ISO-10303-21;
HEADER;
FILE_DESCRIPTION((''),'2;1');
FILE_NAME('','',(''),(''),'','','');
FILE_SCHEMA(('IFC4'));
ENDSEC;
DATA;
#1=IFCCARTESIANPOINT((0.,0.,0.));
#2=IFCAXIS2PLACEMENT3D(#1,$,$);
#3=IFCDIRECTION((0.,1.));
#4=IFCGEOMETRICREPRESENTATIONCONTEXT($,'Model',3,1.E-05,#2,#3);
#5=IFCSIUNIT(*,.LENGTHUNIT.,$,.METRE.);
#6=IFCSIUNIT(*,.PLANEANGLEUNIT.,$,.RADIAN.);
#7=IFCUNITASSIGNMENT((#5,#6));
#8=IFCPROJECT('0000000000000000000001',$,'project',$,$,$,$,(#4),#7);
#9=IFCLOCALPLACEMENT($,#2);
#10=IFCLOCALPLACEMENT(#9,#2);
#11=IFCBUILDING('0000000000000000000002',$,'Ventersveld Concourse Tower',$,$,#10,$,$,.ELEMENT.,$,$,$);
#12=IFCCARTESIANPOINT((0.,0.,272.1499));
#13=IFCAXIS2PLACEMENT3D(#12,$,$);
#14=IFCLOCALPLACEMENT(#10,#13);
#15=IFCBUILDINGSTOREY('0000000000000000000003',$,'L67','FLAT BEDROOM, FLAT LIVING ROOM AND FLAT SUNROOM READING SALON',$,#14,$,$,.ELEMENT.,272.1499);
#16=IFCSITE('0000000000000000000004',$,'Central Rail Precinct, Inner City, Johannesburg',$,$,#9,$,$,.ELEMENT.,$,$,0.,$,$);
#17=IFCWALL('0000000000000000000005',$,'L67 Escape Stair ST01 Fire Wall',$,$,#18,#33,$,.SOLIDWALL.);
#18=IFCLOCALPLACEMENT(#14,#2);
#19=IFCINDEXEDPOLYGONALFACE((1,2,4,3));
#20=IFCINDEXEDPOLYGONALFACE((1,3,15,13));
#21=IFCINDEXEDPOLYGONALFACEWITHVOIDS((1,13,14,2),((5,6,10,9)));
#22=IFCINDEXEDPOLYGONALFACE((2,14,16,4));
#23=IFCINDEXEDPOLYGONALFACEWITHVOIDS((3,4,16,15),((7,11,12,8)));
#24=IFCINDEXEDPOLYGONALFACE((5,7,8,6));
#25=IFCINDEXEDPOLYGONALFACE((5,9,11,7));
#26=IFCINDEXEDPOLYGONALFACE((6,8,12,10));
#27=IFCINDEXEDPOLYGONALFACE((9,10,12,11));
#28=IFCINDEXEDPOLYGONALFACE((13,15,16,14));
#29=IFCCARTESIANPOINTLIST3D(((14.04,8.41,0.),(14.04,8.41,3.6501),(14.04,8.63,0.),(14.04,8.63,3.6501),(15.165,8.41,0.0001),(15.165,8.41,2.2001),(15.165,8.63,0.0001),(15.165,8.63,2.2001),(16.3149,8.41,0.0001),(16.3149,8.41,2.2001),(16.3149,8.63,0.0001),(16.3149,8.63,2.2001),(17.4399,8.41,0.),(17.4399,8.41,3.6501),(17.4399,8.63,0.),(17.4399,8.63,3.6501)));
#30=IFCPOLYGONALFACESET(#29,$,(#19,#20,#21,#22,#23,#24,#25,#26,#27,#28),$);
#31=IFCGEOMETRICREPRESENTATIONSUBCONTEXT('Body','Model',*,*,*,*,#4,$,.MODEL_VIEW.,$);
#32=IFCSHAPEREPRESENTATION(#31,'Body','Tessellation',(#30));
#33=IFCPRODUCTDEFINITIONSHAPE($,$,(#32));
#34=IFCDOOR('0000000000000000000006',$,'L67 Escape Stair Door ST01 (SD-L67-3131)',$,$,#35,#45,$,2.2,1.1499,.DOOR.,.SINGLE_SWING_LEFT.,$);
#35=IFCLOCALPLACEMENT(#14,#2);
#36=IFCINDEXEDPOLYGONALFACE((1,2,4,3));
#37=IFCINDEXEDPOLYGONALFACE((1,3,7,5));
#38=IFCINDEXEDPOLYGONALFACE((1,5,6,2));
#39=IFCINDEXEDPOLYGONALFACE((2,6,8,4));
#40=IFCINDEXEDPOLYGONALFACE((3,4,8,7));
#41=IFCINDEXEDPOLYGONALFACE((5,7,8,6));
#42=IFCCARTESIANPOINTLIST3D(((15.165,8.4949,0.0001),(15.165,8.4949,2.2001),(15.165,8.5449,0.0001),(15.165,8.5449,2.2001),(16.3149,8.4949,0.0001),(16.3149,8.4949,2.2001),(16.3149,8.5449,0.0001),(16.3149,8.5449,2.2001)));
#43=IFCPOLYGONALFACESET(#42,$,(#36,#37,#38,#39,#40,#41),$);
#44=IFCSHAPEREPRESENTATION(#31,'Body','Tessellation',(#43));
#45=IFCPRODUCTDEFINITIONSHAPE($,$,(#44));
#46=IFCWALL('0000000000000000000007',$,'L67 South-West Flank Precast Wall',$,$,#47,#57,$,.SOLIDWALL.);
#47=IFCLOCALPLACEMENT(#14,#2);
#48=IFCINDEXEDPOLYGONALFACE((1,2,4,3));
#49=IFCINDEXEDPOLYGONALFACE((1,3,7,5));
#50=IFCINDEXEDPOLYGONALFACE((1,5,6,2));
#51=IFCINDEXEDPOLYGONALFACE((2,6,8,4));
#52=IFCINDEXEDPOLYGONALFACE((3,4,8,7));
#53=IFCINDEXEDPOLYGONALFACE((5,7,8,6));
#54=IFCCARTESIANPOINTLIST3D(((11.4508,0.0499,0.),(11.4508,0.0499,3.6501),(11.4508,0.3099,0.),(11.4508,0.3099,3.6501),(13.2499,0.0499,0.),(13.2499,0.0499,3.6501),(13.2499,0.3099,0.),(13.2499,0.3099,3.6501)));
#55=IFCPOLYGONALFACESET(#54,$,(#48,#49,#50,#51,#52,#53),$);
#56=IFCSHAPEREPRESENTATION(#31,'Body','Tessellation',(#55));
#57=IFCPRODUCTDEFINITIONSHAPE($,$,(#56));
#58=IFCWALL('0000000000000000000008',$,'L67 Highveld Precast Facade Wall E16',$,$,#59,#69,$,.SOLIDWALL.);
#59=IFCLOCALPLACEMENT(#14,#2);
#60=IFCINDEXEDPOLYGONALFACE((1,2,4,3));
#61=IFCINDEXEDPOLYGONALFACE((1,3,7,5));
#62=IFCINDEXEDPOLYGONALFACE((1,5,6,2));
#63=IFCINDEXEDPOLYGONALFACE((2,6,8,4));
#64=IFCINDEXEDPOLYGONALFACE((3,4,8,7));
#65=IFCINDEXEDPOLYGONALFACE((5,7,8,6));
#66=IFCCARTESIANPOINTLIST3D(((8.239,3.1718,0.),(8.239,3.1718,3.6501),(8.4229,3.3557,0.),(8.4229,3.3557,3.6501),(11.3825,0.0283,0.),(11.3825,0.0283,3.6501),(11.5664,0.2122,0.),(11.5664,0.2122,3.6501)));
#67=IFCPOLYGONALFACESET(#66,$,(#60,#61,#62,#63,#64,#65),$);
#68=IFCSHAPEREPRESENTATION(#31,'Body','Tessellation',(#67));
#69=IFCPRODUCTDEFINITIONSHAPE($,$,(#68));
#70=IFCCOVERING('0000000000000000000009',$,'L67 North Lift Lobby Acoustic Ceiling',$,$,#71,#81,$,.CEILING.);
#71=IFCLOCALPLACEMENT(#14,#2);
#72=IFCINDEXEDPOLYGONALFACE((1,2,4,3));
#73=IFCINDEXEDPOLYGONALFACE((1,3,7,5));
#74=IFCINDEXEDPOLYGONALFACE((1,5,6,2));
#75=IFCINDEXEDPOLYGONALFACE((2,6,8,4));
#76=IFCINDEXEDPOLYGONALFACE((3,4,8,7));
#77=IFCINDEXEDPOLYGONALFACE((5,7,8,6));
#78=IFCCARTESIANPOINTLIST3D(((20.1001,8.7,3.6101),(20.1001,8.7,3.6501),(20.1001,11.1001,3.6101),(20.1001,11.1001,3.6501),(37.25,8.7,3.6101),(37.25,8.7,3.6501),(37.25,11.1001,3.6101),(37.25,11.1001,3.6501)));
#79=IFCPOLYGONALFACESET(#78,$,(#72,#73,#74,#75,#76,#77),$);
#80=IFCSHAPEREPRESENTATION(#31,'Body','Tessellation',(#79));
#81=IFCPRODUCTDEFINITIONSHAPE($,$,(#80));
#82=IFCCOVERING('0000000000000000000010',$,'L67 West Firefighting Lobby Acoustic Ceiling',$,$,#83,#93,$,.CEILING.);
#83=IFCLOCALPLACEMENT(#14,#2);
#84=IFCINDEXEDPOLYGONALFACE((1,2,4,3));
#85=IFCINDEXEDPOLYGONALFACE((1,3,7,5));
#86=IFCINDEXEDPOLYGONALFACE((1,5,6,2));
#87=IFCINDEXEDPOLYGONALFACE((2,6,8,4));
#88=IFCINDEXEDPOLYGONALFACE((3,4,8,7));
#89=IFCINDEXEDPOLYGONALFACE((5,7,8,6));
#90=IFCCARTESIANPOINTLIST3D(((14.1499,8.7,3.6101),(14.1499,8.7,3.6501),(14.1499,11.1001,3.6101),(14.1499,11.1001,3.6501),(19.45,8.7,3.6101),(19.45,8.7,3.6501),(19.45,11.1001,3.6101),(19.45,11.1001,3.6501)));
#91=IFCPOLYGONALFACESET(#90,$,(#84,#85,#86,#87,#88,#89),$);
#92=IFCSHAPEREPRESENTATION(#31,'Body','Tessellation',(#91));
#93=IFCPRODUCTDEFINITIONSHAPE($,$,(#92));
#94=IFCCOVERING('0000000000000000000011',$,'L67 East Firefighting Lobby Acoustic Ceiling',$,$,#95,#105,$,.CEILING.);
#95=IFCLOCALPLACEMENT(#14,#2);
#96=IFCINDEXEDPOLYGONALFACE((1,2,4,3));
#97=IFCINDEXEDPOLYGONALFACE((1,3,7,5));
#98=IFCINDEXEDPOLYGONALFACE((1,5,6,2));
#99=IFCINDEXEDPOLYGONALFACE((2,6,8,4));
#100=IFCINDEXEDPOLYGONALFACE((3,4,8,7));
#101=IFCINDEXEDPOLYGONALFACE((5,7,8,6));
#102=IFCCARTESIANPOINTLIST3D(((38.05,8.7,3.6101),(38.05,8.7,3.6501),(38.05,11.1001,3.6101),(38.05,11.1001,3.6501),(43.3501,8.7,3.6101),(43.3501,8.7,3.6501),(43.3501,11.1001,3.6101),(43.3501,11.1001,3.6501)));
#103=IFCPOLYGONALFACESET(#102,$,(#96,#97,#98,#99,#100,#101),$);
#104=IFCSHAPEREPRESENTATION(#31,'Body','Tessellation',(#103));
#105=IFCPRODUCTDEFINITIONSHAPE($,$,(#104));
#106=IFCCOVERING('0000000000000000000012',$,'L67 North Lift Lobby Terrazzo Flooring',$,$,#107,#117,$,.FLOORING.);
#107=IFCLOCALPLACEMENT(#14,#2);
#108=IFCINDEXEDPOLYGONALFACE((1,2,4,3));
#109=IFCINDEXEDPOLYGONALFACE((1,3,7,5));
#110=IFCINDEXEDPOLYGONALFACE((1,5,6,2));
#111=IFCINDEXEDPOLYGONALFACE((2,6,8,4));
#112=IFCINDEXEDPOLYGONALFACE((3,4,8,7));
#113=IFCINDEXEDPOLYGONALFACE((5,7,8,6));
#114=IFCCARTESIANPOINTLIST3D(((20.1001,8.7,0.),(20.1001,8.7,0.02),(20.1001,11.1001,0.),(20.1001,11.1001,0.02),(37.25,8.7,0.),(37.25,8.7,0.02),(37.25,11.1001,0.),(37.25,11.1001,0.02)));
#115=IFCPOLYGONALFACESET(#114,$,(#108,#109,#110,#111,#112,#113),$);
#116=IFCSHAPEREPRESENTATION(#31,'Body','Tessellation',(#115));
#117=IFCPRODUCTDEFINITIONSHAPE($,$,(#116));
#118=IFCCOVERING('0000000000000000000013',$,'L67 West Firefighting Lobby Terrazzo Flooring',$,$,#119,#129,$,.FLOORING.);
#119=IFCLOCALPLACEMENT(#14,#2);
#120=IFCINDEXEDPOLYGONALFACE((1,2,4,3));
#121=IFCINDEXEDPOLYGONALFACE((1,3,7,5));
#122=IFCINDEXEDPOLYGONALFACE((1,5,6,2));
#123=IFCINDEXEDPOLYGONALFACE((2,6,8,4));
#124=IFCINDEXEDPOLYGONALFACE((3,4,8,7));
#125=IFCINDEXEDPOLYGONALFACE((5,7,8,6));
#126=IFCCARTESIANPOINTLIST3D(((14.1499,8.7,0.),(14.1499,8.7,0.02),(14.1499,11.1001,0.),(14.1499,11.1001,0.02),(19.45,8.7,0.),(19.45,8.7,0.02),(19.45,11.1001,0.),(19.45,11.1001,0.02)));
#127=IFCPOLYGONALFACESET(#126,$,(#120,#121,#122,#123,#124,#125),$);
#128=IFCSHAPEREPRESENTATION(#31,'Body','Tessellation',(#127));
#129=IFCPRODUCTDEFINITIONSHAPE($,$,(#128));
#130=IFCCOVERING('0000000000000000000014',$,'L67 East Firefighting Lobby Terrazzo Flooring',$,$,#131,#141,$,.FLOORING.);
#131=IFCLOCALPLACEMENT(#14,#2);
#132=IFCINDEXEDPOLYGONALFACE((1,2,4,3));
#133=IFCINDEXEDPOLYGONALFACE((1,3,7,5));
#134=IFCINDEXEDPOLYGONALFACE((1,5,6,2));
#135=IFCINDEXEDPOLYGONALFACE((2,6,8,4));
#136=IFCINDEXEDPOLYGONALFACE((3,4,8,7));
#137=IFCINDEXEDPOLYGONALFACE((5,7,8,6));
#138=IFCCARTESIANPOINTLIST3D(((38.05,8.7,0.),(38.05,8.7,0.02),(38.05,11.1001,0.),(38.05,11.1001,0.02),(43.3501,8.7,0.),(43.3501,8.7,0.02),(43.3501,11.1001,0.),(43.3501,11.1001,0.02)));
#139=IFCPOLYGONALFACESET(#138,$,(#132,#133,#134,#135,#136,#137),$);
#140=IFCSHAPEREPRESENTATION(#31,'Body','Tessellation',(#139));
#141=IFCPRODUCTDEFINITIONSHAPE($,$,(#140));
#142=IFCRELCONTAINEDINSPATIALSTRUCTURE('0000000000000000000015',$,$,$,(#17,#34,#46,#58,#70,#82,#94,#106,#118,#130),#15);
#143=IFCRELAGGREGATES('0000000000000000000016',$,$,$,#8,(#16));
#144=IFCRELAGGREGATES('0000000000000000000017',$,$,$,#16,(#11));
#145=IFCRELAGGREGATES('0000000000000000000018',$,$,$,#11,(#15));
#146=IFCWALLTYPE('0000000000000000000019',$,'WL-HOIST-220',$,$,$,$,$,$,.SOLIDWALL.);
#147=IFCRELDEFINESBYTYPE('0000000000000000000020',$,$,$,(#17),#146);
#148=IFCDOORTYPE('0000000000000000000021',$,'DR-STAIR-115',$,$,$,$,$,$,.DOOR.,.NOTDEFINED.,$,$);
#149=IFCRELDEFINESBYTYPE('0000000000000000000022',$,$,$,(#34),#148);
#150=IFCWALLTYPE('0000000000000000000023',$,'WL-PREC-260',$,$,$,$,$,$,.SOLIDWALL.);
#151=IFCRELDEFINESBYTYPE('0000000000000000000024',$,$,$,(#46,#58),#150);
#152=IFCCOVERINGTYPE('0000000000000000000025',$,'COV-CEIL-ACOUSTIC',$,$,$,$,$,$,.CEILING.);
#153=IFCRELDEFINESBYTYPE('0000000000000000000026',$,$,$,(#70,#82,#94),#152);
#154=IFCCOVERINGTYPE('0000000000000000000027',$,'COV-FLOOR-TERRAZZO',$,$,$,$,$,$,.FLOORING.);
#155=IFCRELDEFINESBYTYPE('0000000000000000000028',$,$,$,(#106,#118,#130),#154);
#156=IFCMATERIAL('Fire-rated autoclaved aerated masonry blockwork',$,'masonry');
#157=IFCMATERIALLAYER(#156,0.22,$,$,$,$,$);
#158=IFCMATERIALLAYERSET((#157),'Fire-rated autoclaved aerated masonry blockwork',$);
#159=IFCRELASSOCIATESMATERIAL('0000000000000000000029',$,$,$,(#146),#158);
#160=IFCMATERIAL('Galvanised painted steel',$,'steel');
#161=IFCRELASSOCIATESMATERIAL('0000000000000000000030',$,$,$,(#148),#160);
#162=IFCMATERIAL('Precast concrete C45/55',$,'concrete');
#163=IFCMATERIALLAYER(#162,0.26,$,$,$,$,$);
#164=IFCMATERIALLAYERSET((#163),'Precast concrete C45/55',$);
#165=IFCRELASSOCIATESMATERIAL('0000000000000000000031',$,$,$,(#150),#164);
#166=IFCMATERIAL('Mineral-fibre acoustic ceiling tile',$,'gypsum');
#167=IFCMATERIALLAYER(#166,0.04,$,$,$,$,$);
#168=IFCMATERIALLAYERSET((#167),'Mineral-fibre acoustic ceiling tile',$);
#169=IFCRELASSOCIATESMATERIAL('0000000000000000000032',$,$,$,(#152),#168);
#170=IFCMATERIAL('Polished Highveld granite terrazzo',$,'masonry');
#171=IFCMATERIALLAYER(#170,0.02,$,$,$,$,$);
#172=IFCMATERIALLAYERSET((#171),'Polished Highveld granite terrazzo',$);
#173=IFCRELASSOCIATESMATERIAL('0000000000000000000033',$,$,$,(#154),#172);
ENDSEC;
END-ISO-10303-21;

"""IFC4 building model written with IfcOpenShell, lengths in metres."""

from ifc_helpers import new_model, si_unit, direction, frame, frame_2d, origin, place, context, subcontext, project, spatial, polyline, rectangle, outline, extrude, material, layer, layer_set, type_object, element, fill, save


model = new_model("IFC4")

# Units and contexts
model_context = context("Model", 3, precision=1e-05, world=origin(), true_north=direction((0.0, 1.0)))
body_context = subcontext(model_context, "Body", "Model", "MODEL_VIEW")
ifc_project = project(units=[si_unit("LENGTHUNIT", "METRE"), si_unit("PLANEANGLEUNIT", "RADIAN")], contexts=[model_context])

# Site, building, storey
site_placement = place(None, origin())
site = spatial("IfcSite", under=ifc_project, at=site_placement, Name="Central Rail Precinct, Inner City, Johannesburg", CompositionType="ELEMENT", RefElevation=0.0)
building_placement = place(site_placement, origin())
building = spatial("IfcBuilding", under=site, at=building_placement, Name="Ventersveld Concourse Tower", CompositionType="ELEMENT")
storey_placement = place(building_placement, frame((0.0, 0.0, 272.1499)))
storey = spatial("IfcBuildingStorey", under=building, at=storey_placement, Name="L67", Description="FLAT BEDROOM, FLAT LIVING ROOM AND FLAT SUNROOM READING SALON", CompositionType="ELEMENT", Elevation=272.1499)

# Wall, opening, door
ifc_material_1 = material(Name="Fire-rated autoclaved aerated masonry blockwork", Category="masonry")
ifc_layer_1 = layer(ifc_material_1, 0.22)
ifc_layer_set_1 = layer_set([ifc_layer_1], Name="Fire-rated autoclaved aerated masonry blockwork")
wall_type_1 = type_object("IfcWallType", Name="WL-HOIST-220", PredefinedType="SOLIDWALL", material=ifc_layer_set_1)
wall_1_placement = place(storey_placement, frame((14.04, 8.52, 0.0), z_axis=(0.0, 0.0, 1.0), x_axis=(1.0, 0.0, 0.0)))
wall_1 = element("IfcWall", 1, at=wall_1_placement, inside=storey, type_object=wall_type_1, Name="L67 Escape Stair ST01 Fire Wall", PredefinedType="SOLIDWALL", context=body_context, shape_type="SweptSolid", body=[
    extrude(rectangle(XDim=3.3999, YDim=0.22, at=frame_2d((1.7, 0.0))), origin(), (0.0, 0.0, 1.0), 3.6501),
])
opening_placement = place(wall_1_placement, frame((1.125, 0.0, 0.0)))
opening = element("IfcOpeningElement", 2, at=opening_placement, cuts=wall_1, PredefinedType="OPENING", context=body_context, shape_type="SweptSolid", body=[
    extrude(rectangle(XDim=1.1499, YDim=2.2, at=frame_2d((0.575, 1.1001))), frame((0.0, 0.1201, 0.0), z_axis=(0.0, -1.0, 0.0), x_axis=(1.0, 0.0, 0.0)), (0.0, 0.0, 1.0), 0.24),
])
ifc_material_2 = material(Name="Galvanised painted steel", Category="steel")
door_type = type_object("IfcDoorType", Name="DR-STAIR-115", OperationType="NOTDEFINED", PredefinedType="DOOR", material=ifc_material_2)
door_placement = place(opening_placement, origin())
door = element("IfcDoor", 3, at=door_placement, inside=storey, type_object=door_type, Name="L67 Escape Stair Door ST01 (SD-L67-3131)", OperationType="SINGLE_SWING_LEFT", OverallHeight=2.2, OverallWidth=1.1499, PredefinedType="DOOR", context=body_context, shape_type="SweptSolid", body=[
    extrude(rectangle(XDim=1.1499, YDim=2.2, at=frame_2d((0.575, 1.1001))), frame((0.0, 0.0249, 0.0), z_axis=(0.0, -1.0, 0.0), x_axis=(1.0, 0.0, 0.0)), (0.0, 0.0, 1.0), 0.05),
])
fill(opening, door)

# Walls
ifc_material_3 = material(Name="Precast concrete C45/55", Category="concrete")
ifc_layer_2 = layer(ifc_material_3, 0.26)
ifc_layer_set_2 = layer_set([ifc_layer_2], Name="Precast concrete C45/55")
wall_type_2 = type_object("IfcWallType", Name="WL-PREC-260", PredefinedType="SOLIDWALL", material=ifc_layer_set_2)
wall_2_placement = place(storey_placement, frame((11.4509, 0.1799, 0.0), z_axis=(0.0, 0.0, 1.0), x_axis=(1.0, 0.0, 0.0)))
element("IfcWall", 4, at=wall_2_placement, inside=storey, type_object=wall_type_2, Name="L67 South-West Flank Precast Wall", PredefinedType="SOLIDWALL", context=body_context, shape_type="SweptSolid", body=[
    extrude(rectangle(XDim=1.7991, YDim=0.26, at=frame_2d((0.8994, 0.0))), origin(), (0.0, 0.0, 1.0), 3.6501),
])
wall_3_placement = place(storey_placement, frame((8.3311, 3.2637, 0.0), z_axis=(0.0, 0.0, 1.0), x_axis=(0.707107, -0.707107, 0.0)))
element("IfcWall", 5, at=wall_3_placement, inside=storey, type_object=wall_type_2, Name="L67 Highveld Precast Facade Wall E16", PredefinedType="SOLIDWALL", context=body_context, shape_type="SweptSolid", body=[
    extrude(rectangle(XDim=4.4456, YDim=0.26, at=frame_2d((2.2227, 0.0))), origin(), (0.0, 0.0, 1.0), 3.6501),
])

# Coverings
ifc_material_4 = material(Name="Mineral-fibre acoustic ceiling tile", Category="gypsum")
ifc_layer_3 = layer(ifc_material_4, 0.04)
ifc_layer_set_3 = layer_set([ifc_layer_3], Name="Mineral-fibre acoustic ceiling tile")
covering_type_1 = type_object("IfcCoveringType", Name="COV-CEIL-ACOUSTIC", PredefinedType="CEILING", material=ifc_layer_set_3)
covering_1_placement = place(storey_placement, frame((0.0, 0.0, 3.6101)))
element("IfcCovering", 6, at=covering_1_placement, inside=storey, type_object=covering_type_1, Name="L67 North Lift Lobby Acoustic Ceiling", PredefinedType="CEILING", context=body_context, shape_type="SweptSolid", body=[
    extrude(outline(polyline([(20.1001, 8.7), (37.25, 8.7), (37.25, 11.1001), (20.1001, 11.1001), (20.1001, 8.7)])), origin(), (0.0, 0.0, 1.0), 0.04),
])
covering_2_placement = place(storey_placement, frame((0.0, 0.0, 3.6101)))
element("IfcCovering", 7, at=covering_2_placement, inside=storey, type_object=covering_type_1, Name="L67 West Firefighting Lobby Acoustic Ceiling", PredefinedType="CEILING", context=body_context, shape_type="SweptSolid", body=[
    extrude(outline(polyline([(14.1499, 8.7), (19.45, 8.7), (19.45, 11.1001), (14.1499, 11.1001), (14.1499, 8.7)])), origin(), (0.0, 0.0, 1.0), 0.04),
])
covering_3_placement = place(storey_placement, frame((0.0, 0.0, 3.6101)))
element("IfcCovering", 8, at=covering_3_placement, inside=storey, type_object=covering_type_1, Name="L67 East Firefighting Lobby Acoustic Ceiling", PredefinedType="CEILING", context=body_context, shape_type="SweptSolid", body=[
    extrude(outline(polyline([(38.05, 8.7), (43.3501, 8.7), (43.3501, 11.1001), (38.05, 11.1001), (38.05, 8.7)])), origin(), (0.0, 0.0, 1.0), 0.04),
])
ifc_material_5 = material(Name="Polished Highveld granite terrazzo", Category="masonry")
ifc_layer_4 = layer(ifc_material_5, 0.02)
ifc_layer_set_4 = layer_set([ifc_layer_4], Name="Polished Highveld granite terrazzo")
covering_type_2 = type_object("IfcCoveringType", Name="COV-FLOOR-TERRAZZO", PredefinedType="FLOORING", material=ifc_layer_set_4)
covering_4_placement = place(storey_placement, origin())
element("IfcCovering", 9, at=covering_4_placement, inside=storey, type_object=covering_type_2, Name="L67 North Lift Lobby Terrazzo Flooring", PredefinedType="FLOORING", context=body_context, shape_type="SweptSolid", body=[
    extrude(outline(polyline([(20.1001, 8.7), (37.25, 8.7), (37.25, 11.1001), (20.1001, 11.1001), (20.1001, 8.7)])), origin(), (0.0, 0.0, 1.0), 0.02),
])
covering_5_placement = place(storey_placement, origin())
element("IfcCovering", 10, at=covering_5_placement, inside=storey, type_object=covering_type_2, Name="L67 West Firefighting Lobby Terrazzo Flooring", PredefinedType="FLOORING", context=body_context, shape_type="SweptSolid", body=[
    extrude(outline(polyline([(14.1499, 8.7), (19.45, 8.7), (19.45, 11.1001), (14.1499, 11.1001), (14.1499, 8.7)])), origin(), (0.0, 0.0, 1.0), 0.02),
])
covering_6_placement = place(storey_placement, origin())
element("IfcCovering", 11, at=covering_6_placement, inside=storey, type_object=covering_type_2, Name="L67 East Firefighting Lobby Terrazzo Flooring", PredefinedType="FLOORING", context=body_context, shape_type="SweptSolid", body=[
    extrude(outline(polyline([(38.05, 8.7), (43.3501, 8.7), (43.3501, 11.1001), (38.05, 11.1001), (38.05, 8.7)])), origin(), (0.0, 0.0, 1.0), 0.02),
])

save(model, "model.ifc")
